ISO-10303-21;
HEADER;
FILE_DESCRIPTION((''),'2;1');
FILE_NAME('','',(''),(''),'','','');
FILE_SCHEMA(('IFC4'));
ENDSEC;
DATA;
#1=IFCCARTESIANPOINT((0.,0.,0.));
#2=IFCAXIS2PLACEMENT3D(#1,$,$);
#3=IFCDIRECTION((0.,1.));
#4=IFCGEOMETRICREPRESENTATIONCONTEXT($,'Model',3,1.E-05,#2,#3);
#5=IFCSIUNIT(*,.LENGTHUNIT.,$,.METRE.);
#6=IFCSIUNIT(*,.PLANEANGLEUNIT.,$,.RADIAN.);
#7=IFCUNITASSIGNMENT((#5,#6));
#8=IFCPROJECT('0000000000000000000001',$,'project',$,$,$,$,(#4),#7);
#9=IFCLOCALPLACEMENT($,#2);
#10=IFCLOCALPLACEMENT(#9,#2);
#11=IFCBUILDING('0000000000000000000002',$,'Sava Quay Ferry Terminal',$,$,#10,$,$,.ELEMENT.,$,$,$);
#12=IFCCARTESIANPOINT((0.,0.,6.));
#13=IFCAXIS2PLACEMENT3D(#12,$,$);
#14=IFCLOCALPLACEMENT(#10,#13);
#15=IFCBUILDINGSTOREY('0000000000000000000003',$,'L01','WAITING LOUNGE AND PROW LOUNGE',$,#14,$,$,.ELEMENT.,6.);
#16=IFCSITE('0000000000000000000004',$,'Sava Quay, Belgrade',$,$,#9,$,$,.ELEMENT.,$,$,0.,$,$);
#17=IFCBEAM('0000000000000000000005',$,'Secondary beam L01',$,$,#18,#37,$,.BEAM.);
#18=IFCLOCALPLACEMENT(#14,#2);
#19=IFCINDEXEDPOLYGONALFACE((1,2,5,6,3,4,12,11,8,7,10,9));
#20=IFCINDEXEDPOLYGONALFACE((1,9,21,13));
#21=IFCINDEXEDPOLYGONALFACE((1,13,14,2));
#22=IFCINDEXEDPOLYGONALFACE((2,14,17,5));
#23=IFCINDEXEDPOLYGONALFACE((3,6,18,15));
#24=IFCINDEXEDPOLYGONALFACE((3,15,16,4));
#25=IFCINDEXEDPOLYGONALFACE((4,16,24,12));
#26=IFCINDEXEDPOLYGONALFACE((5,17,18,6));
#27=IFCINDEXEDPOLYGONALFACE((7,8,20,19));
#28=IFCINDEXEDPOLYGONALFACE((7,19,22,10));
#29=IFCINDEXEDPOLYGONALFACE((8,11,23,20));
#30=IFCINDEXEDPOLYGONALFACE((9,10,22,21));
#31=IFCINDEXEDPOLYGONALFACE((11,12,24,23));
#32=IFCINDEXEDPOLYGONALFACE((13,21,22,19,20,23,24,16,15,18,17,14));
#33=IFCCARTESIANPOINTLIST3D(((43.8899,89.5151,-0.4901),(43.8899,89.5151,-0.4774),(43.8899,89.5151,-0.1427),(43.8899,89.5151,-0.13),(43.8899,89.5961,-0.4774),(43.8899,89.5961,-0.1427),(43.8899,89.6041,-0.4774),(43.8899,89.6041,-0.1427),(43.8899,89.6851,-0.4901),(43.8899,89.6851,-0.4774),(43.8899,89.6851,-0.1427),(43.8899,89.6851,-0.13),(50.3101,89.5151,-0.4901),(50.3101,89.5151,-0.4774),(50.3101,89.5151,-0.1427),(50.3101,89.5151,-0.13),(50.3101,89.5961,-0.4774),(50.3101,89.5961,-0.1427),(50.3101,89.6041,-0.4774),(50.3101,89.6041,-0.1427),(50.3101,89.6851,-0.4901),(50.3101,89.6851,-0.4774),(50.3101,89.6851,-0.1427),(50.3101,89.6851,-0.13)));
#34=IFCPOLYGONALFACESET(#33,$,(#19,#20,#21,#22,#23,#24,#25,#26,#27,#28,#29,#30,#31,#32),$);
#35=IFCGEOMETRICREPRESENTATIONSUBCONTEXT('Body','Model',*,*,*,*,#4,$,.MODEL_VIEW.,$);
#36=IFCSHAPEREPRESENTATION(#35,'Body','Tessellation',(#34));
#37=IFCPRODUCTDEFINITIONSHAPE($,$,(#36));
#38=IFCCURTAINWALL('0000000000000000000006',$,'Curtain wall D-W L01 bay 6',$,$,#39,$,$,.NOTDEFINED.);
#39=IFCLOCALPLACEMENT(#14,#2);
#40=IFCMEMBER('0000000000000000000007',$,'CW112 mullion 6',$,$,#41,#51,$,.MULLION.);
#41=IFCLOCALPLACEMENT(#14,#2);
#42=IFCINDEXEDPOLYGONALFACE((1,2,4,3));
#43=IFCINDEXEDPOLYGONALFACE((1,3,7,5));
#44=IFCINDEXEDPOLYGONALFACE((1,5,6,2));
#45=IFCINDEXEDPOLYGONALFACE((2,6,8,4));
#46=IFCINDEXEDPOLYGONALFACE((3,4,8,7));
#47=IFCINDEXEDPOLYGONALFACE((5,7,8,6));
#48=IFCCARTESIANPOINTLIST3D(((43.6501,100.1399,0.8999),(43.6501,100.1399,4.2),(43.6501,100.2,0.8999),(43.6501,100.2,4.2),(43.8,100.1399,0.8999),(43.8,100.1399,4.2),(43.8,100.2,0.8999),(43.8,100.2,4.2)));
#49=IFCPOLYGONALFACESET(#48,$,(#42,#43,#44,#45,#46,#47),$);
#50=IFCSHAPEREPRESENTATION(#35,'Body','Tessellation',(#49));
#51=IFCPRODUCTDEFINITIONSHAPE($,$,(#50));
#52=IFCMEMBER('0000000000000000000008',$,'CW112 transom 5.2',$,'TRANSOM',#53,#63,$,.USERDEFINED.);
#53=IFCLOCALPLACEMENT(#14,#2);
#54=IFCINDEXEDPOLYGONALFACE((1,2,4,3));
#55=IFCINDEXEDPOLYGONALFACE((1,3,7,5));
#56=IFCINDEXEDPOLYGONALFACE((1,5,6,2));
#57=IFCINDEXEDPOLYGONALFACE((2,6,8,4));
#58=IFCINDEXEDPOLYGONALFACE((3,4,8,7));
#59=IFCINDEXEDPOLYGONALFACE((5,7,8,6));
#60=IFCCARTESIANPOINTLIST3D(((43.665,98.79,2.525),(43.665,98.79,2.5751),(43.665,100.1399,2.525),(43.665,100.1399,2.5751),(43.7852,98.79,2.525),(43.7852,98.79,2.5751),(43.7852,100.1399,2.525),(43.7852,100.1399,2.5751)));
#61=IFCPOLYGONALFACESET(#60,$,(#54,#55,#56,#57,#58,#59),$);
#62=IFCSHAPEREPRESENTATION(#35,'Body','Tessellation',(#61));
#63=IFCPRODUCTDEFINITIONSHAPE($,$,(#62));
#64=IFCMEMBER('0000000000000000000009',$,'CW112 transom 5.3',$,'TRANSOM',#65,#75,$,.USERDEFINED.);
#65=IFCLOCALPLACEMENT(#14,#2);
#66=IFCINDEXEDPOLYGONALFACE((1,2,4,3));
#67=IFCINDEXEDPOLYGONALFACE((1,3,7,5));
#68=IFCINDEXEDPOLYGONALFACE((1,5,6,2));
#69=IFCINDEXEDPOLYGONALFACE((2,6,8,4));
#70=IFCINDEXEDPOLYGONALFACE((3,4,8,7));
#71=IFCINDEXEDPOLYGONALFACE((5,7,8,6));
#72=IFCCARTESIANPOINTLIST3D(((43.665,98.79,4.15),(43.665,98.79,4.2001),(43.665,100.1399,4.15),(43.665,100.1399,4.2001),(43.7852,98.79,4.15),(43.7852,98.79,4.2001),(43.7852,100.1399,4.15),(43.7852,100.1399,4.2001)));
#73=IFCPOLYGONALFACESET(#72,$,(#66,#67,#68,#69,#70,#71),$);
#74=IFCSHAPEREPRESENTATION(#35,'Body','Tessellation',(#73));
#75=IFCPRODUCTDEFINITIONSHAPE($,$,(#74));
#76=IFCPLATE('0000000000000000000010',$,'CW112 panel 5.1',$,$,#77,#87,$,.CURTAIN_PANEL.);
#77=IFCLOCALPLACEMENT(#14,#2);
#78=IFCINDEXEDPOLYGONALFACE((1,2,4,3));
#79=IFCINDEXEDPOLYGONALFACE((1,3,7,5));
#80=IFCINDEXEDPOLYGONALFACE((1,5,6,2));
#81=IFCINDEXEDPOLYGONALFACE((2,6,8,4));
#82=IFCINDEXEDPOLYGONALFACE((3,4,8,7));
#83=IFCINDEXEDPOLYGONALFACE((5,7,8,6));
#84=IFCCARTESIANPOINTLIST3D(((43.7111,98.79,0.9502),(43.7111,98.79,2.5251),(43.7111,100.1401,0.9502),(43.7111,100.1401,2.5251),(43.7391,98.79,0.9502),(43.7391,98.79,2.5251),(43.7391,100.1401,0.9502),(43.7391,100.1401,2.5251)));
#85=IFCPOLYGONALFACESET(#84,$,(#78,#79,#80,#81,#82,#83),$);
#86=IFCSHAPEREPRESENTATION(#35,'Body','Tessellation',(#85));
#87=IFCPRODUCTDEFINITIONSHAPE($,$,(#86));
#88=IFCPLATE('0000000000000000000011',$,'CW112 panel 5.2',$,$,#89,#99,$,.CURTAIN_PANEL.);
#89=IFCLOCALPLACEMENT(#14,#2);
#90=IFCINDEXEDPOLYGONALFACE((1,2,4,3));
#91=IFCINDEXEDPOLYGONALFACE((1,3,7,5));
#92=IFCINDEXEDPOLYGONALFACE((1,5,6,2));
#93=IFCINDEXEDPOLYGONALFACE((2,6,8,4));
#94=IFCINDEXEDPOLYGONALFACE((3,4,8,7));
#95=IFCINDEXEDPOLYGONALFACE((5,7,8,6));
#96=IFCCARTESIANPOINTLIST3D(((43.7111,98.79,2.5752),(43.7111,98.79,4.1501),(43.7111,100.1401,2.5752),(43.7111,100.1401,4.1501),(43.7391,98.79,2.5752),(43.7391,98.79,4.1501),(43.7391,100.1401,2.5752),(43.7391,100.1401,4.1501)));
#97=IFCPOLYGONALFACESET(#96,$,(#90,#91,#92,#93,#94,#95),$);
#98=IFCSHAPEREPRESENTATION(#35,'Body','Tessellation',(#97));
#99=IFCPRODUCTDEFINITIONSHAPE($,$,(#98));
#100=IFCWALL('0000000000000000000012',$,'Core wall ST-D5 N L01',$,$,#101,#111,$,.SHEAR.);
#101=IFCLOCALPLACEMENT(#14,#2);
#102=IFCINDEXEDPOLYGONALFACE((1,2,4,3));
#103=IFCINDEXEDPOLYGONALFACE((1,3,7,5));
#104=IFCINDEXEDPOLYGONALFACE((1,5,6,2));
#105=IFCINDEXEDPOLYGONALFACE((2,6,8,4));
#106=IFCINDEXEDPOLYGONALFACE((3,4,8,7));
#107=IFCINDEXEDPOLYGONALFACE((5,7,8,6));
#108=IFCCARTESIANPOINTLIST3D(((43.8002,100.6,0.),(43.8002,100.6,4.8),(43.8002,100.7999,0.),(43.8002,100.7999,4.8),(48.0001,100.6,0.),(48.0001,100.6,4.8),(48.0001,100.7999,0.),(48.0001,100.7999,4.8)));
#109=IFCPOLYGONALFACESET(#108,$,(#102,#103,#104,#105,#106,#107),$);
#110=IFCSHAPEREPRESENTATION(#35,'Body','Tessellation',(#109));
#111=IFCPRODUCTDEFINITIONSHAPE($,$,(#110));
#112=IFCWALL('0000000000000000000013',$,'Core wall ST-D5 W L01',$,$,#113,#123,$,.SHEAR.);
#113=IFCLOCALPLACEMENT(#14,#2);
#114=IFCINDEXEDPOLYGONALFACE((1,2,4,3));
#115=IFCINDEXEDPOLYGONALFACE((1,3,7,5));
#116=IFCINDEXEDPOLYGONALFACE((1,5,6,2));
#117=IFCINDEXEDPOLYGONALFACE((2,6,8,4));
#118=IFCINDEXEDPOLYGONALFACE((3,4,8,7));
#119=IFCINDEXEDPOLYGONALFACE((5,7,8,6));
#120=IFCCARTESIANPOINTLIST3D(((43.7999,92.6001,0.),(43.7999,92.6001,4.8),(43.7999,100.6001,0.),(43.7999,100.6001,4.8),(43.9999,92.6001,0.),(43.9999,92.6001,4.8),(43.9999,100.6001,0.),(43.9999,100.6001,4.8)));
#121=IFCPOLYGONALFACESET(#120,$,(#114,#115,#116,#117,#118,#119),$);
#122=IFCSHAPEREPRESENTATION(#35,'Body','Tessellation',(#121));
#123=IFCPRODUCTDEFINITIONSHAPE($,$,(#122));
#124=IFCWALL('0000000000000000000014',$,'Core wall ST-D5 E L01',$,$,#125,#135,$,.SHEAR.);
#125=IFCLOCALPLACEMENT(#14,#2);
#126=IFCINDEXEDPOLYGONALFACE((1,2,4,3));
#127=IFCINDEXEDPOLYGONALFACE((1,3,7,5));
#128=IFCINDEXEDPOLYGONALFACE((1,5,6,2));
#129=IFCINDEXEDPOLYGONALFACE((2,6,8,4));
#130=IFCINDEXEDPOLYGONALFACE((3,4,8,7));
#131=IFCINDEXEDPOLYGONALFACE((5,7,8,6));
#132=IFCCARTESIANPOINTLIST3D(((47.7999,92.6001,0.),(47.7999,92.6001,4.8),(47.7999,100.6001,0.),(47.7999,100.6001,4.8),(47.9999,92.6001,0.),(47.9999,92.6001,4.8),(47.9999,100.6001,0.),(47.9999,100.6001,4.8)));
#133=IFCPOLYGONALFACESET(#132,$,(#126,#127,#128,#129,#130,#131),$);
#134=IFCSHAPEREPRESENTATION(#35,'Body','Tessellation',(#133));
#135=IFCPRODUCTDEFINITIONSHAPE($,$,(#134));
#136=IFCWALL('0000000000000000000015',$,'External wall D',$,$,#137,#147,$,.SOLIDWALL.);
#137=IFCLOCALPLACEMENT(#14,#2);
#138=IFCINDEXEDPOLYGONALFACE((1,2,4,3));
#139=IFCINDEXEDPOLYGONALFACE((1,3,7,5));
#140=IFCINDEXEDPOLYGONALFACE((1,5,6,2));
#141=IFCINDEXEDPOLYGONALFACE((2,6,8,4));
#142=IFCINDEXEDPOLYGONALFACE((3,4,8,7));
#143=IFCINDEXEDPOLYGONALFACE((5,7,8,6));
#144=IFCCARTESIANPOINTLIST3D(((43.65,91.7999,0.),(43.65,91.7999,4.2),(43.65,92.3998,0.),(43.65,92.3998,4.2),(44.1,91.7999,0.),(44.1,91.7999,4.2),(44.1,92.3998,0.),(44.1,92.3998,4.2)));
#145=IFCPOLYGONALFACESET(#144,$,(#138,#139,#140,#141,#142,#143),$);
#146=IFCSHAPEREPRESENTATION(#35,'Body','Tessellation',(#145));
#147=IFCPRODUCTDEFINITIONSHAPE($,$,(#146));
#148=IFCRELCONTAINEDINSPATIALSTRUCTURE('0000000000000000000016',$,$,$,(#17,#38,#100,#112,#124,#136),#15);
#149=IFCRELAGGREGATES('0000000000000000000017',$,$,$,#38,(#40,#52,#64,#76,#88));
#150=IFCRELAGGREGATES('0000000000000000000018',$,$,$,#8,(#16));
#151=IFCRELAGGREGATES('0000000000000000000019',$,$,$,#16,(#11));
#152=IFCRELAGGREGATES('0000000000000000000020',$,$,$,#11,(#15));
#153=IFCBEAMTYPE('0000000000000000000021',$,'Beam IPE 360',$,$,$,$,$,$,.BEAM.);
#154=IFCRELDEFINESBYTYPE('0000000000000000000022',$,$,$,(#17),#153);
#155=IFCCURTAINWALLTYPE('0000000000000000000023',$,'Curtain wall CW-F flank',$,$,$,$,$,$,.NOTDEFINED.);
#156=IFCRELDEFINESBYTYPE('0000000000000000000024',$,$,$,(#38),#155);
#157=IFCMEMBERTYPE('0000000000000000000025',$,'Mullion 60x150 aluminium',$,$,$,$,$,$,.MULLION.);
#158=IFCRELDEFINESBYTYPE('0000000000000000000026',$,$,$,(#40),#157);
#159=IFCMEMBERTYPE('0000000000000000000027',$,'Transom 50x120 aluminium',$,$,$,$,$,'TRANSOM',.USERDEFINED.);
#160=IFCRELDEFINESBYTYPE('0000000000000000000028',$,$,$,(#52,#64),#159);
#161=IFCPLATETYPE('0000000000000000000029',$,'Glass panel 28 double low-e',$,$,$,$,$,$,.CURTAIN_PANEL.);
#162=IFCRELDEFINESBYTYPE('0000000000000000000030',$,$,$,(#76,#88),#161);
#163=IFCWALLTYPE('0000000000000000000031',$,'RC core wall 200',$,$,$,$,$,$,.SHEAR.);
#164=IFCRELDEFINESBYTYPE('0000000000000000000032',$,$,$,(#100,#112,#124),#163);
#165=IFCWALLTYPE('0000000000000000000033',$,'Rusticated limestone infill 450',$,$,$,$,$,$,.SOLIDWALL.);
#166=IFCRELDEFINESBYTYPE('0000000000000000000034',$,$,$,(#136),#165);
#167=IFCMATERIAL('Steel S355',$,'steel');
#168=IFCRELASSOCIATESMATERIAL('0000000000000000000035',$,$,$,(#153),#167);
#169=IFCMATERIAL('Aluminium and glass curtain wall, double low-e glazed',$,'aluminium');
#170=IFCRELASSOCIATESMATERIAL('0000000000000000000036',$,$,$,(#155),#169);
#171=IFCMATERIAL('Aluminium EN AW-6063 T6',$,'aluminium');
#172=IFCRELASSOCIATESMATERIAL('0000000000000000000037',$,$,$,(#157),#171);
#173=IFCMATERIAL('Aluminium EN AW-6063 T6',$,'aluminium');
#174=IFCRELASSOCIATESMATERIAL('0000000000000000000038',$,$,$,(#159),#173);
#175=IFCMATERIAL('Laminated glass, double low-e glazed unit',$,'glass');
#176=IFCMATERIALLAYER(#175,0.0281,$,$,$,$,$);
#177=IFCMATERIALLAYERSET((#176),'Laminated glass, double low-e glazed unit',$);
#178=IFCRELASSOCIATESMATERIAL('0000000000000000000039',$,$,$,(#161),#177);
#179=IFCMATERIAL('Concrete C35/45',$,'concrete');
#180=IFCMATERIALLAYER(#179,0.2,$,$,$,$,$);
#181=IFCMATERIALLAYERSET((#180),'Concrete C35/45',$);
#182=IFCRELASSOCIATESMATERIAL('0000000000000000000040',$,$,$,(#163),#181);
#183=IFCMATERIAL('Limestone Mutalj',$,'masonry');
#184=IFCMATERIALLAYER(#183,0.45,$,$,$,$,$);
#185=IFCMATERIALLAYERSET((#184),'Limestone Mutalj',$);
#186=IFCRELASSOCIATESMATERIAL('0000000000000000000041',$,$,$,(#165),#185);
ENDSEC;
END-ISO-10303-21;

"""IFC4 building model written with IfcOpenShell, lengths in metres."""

from ifc_helpers import new_model, si_unit, direction, frame, frame_2d, origin, origin_2d, place, context, subcontext, project, spatial, rectangle, i_section, extrude, material, layer, layer_set, material_profile, profile_set, type_object, element, aggregate, save


model = new_model("IFC4")

# Units and contexts
model_context = context("Model", 3, precision=1e-05, world=origin(), true_north=direction((0.0, 1.0)))
body_context = subcontext(model_context, "Body", "Model", "MODEL_VIEW")
ifc_project = project(units=[si_unit("LENGTHUNIT", "METRE"), si_unit("PLANEANGLEUNIT", "RADIAN")], contexts=[model_context])

# Site, building, storey
site_placement = place(None, origin())
site = spatial("IfcSite", under=ifc_project, at=site_placement, Name="Sava Quay, Belgrade", CompositionType="ELEMENT", RefElevation=0.0)
building_placement = place(site_placement, origin())
building = spatial("IfcBuilding", under=site, at=building_placement, Name="Sava Quay Ferry Terminal", CompositionType="ELEMENT")
storey_placement = place(building_placement, frame((0.0, 0.0, 6.0)))
storey = spatial("IfcBuildingStorey", under=building, at=storey_placement, Name="L01", Description="WAITING LOUNGE AND PROW LOUNGE", CompositionType="ELEMENT", Elevation=6.0)

# Beam
ifc_material_1 = material(Name="Steel S355", Category="steel")
ifc_material_profile_1 = material_profile(ifc_material_1, i_section(OverallWidth=0.1699, OverallDepth=0.3601, WebThickness=0.0081, FlangeThickness=0.0127, at=origin_2d()), Name="IPE 360")
ifc_profile_set_1 = profile_set([ifc_material_profile_1], Name="Steel S355")
beam_type = type_object("IfcBeamType", Name="Beam IPE 360", PredefinedType="BEAM", material=ifc_profile_set_1)
beam_placement = place(storey_placement, frame((43.8899, 89.6001, -0.3101), z_axis=(1.0, 0.0, 0.0), x_axis=(0.0, 1.0, 0.0)))
element("IfcBeam", 1, at=beam_placement, inside=storey, type_object=beam_type, Name="Secondary beam L01", PredefinedType="BEAM", context=body_context, shape_type="SweptSolid", body=[
    extrude(i_section(OverallWidth=0.1699, OverallDepth=0.3601, WebThickness=0.0081, FlangeThickness=0.0127, at=origin_2d()), origin(), (0.0, 0.0, 1.0), 6.4202),
])

# Curtain wall, members, plates
ifc_material_2 = material(Name="Aluminium and glass curtain wall, double low-e glazed", Category="aluminium")
curtain_wall_type = type_object("IfcCurtainWallType", Name="Curtain wall CW-F flank", PredefinedType="NOTDEFINED", material=ifc_material_2)
curtain_wall_placement = place(storey_placement, origin())
curtain_wall = element("IfcCurtainWall", 2, at=curtain_wall_placement, inside=storey, type_object=curtain_wall_type, Name="Curtain wall D-W L01 bay 6", PredefinedType="NOTDEFINED")
ifc_material_3 = material(Name="Aluminium EN AW-6063 T6", Category="aluminium")
ifc_material_profile_2 = material_profile(ifc_material_3, rectangle(XDim=0.1499, YDim=0.0601, at=origin_2d()), Name="Mullion 60x150 aluminium")
ifc_profile_set_2 = profile_set([ifc_material_profile_2], Name="Aluminium EN AW-6063 T6")
member_type_1 = type_object("IfcMemberType", Name="Mullion 60x150 aluminium", PredefinedType="MULLION", material=ifc_profile_set_2)
member_1_placement = place(storey_placement, frame((43.7251, 100.1699, 0.8999), z_axis=(0.0, 0.0, 1.0), x_axis=(-1.0, 0.0, 0.0)))
member_1 = element("IfcMember", 3, at=member_1_placement, type_object=member_type_1, Name="CW112 mullion 6", PredefinedType="MULLION", context=body_context, shape_type="SweptSolid", body=[
    extrude(rectangle(XDim=0.1499, YDim=0.0601, at=origin_2d()), origin(), (0.0, 0.0, 1.0), 3.3),
])
ifc_material_4 = material(Name="Aluminium EN AW-6063 T6", Category="aluminium")
ifc_material_profile_3 = material_profile(ifc_material_4, rectangle(XDim=0.1201, YDim=0.05, at=origin_2d()), Name="Transom 50x120 aluminium")
ifc_profile_set_3 = profile_set([ifc_material_profile_3], Name="Aluminium EN AW-6063 T6")
member_type_2 = type_object("IfcMemberType", Name="Transom 50x120 aluminium", ElementType="TRANSOM", PredefinedType="USERDEFINED", material=ifc_profile_set_3)
member_2_placement = place(storey_placement, frame((43.7251, 98.79, 2.55), z_axis=(0.0, 1.0, 0.0), x_axis=(-1.0, 0.0, 0.0)))
member_2 = element("IfcMember", 4, at=member_2_placement, type_object=member_type_2, Name="CW112 transom 5.2", ObjectType="TRANSOM", PredefinedType="USERDEFINED", context=body_context, shape_type="SweptSolid", body=[
    extrude(rectangle(XDim=0.1201, YDim=0.05, at=origin_2d()), origin(), (0.0, 0.0, 1.0), 1.3499),
])
member_3_placement = place(storey_placement, frame((43.7251, 98.79, 4.175), z_axis=(0.0, 1.0, 0.0), x_axis=(-1.0, 0.0, 0.0)))
member_3 = element("IfcMember", 5, at=member_3_placement, type_object=member_type_2, Name="CW112 transom 5.3", ObjectType="TRANSOM", PredefinedType="USERDEFINED", context=body_context, shape_type="SweptSolid", body=[
    extrude(rectangle(XDim=0.1201, YDim=0.05, at=origin_2d()), origin(), (0.0, 0.0, 1.0), 1.3499),
])
ifc_material_5 = material(Name="Laminated glass, double low-e glazed unit", Category="glass")
ifc_layer_1 = layer(ifc_material_5, 0.0281)
ifc_layer_set_1 = layer_set([ifc_layer_1], Name="Laminated glass, double low-e glazed unit")
plate_type = type_object("IfcPlateType", Name="Glass panel 28 double low-e", PredefinedType="CURTAIN_PANEL", material=ifc_layer_set_1)
plate_1_placement = place(storey_placement, frame((43.7251, 99.4651, 0.9502), z_axis=(0.0, 0.0, 1.0), x_axis=(0.0, 1.0, 0.0)))
plate_1 = element("IfcPlate", 6, at=plate_1_placement, type_object=plate_type, Name="CW112 panel 5.1", PredefinedType="CURTAIN_PANEL", context=body_context, shape_type="SweptSolid", body=[
    extrude(rectangle(XDim=1.3501, YDim=0.0281, at=origin_2d()), origin(), (0.0, 0.0, 1.0), 1.575),
])
plate_2_placement = place(storey_placement, frame((43.7251, 99.4651, 2.5752), z_axis=(0.0, 0.0, 1.0), x_axis=(0.0, 1.0, 0.0)))
plate_2 = element("IfcPlate", 7, at=plate_2_placement, type_object=plate_type, Name="CW112 panel 5.2", PredefinedType="CURTAIN_PANEL", context=body_context, shape_type="SweptSolid", body=[
    extrude(rectangle(XDim=1.3501, YDim=0.0281, at=origin_2d()), origin(), (0.0, 0.0, 1.0), 1.575),
])
aggregate(curtain_wall, [member_1, member_2, member_3, plate_1, plate_2])

# Shared definitions
ifc_material_6 = material(Name="Concrete C35/45", Category="concrete")
ifc_layer_2 = layer(ifc_material_6, 0.2)
ifc_layer_set_2 = layer_set([ifc_layer_2], Name="Concrete C35/45")
wall_type_1 = type_object("IfcWallType", Name="RC core wall 200", PredefinedType="SHEAR", material=ifc_layer_set_2)

# Walls
wall_1_placement = place(storey_placement, frame((43.8, 100.7, 0.0), z_axis=(0.0, 0.0, 1.0), x_axis=(1.0, 0.0, 0.0)))
element("IfcWall", 8, at=wall_1_placement, inside=storey, type_object=wall_type_1, Name="Core wall ST-D5 N L01", PredefinedType="SHEAR", context=body_context, shape_type="SweptSolid", body=[
    extrude(rectangle(XDim=4.2, YDim=0.2, at=frame_2d((2.1001, 0.0))), origin(), (0.0, 0.0, 1.0), 4.8),
])
for number, where, z_axis, x_axis, name in (
    (9, (43.8999, 92.6001, 0.0), (0.0, 0.0, 1.0), (0.0, 1.0, 0.0), "Core wall ST-D5 W L01"),
    (10, (47.8999, 92.6001, 0.0), (0.0, 0.0, 1.0), (0.0, 1.0, 0.0), "Core wall ST-D5 E L01"),
):
    element("IfcWall", number, at=place(storey_placement, frame(where, z_axis=z_axis, x_axis=x_axis)), inside=storey, type_object=wall_type_1, Name=name, PredefinedType="SHEAR", context=body_context, shape_type="SweptSolid", body=[
        extrude(rectangle(XDim=8.0, YDim=0.2, at=frame_2d((4.0, 0.0))), origin(), (0.0, 0.0, 1.0), 4.8),
    ])
ifc_material_7 = material(Name="Limestone Mutalj", Category="masonry")
ifc_layer_3 = layer(ifc_material_7, 0.45)
ifc_layer_set_3 = layer_set([ifc_layer_3], Name="Limestone Mutalj")
wall_type_2 = type_object("IfcWallType", Name="Rusticated limestone infill 450", PredefinedType="SOLIDWALL", material=ifc_layer_set_3)
wall_2_placement = place(storey_placement, frame((43.875, 91.8, 0.0), z_axis=(0.0, 0.0, 1.0), x_axis=(0.0, 1.0, 0.0)))
element("IfcWall", 11, at=wall_2_placement, inside=storey, type_object=wall_type_2, Name="External wall D", PredefinedType="SOLIDWALL", context=body_context, shape_type="SweptSolid", body=[
    extrude(rectangle(XDim=0.5999, YDim=0.45, at=frame_2d((0.2998, 0.0))), origin(), (0.0, 0.0, 1.0), 4.2),
])

save(model, "model.ifc")
